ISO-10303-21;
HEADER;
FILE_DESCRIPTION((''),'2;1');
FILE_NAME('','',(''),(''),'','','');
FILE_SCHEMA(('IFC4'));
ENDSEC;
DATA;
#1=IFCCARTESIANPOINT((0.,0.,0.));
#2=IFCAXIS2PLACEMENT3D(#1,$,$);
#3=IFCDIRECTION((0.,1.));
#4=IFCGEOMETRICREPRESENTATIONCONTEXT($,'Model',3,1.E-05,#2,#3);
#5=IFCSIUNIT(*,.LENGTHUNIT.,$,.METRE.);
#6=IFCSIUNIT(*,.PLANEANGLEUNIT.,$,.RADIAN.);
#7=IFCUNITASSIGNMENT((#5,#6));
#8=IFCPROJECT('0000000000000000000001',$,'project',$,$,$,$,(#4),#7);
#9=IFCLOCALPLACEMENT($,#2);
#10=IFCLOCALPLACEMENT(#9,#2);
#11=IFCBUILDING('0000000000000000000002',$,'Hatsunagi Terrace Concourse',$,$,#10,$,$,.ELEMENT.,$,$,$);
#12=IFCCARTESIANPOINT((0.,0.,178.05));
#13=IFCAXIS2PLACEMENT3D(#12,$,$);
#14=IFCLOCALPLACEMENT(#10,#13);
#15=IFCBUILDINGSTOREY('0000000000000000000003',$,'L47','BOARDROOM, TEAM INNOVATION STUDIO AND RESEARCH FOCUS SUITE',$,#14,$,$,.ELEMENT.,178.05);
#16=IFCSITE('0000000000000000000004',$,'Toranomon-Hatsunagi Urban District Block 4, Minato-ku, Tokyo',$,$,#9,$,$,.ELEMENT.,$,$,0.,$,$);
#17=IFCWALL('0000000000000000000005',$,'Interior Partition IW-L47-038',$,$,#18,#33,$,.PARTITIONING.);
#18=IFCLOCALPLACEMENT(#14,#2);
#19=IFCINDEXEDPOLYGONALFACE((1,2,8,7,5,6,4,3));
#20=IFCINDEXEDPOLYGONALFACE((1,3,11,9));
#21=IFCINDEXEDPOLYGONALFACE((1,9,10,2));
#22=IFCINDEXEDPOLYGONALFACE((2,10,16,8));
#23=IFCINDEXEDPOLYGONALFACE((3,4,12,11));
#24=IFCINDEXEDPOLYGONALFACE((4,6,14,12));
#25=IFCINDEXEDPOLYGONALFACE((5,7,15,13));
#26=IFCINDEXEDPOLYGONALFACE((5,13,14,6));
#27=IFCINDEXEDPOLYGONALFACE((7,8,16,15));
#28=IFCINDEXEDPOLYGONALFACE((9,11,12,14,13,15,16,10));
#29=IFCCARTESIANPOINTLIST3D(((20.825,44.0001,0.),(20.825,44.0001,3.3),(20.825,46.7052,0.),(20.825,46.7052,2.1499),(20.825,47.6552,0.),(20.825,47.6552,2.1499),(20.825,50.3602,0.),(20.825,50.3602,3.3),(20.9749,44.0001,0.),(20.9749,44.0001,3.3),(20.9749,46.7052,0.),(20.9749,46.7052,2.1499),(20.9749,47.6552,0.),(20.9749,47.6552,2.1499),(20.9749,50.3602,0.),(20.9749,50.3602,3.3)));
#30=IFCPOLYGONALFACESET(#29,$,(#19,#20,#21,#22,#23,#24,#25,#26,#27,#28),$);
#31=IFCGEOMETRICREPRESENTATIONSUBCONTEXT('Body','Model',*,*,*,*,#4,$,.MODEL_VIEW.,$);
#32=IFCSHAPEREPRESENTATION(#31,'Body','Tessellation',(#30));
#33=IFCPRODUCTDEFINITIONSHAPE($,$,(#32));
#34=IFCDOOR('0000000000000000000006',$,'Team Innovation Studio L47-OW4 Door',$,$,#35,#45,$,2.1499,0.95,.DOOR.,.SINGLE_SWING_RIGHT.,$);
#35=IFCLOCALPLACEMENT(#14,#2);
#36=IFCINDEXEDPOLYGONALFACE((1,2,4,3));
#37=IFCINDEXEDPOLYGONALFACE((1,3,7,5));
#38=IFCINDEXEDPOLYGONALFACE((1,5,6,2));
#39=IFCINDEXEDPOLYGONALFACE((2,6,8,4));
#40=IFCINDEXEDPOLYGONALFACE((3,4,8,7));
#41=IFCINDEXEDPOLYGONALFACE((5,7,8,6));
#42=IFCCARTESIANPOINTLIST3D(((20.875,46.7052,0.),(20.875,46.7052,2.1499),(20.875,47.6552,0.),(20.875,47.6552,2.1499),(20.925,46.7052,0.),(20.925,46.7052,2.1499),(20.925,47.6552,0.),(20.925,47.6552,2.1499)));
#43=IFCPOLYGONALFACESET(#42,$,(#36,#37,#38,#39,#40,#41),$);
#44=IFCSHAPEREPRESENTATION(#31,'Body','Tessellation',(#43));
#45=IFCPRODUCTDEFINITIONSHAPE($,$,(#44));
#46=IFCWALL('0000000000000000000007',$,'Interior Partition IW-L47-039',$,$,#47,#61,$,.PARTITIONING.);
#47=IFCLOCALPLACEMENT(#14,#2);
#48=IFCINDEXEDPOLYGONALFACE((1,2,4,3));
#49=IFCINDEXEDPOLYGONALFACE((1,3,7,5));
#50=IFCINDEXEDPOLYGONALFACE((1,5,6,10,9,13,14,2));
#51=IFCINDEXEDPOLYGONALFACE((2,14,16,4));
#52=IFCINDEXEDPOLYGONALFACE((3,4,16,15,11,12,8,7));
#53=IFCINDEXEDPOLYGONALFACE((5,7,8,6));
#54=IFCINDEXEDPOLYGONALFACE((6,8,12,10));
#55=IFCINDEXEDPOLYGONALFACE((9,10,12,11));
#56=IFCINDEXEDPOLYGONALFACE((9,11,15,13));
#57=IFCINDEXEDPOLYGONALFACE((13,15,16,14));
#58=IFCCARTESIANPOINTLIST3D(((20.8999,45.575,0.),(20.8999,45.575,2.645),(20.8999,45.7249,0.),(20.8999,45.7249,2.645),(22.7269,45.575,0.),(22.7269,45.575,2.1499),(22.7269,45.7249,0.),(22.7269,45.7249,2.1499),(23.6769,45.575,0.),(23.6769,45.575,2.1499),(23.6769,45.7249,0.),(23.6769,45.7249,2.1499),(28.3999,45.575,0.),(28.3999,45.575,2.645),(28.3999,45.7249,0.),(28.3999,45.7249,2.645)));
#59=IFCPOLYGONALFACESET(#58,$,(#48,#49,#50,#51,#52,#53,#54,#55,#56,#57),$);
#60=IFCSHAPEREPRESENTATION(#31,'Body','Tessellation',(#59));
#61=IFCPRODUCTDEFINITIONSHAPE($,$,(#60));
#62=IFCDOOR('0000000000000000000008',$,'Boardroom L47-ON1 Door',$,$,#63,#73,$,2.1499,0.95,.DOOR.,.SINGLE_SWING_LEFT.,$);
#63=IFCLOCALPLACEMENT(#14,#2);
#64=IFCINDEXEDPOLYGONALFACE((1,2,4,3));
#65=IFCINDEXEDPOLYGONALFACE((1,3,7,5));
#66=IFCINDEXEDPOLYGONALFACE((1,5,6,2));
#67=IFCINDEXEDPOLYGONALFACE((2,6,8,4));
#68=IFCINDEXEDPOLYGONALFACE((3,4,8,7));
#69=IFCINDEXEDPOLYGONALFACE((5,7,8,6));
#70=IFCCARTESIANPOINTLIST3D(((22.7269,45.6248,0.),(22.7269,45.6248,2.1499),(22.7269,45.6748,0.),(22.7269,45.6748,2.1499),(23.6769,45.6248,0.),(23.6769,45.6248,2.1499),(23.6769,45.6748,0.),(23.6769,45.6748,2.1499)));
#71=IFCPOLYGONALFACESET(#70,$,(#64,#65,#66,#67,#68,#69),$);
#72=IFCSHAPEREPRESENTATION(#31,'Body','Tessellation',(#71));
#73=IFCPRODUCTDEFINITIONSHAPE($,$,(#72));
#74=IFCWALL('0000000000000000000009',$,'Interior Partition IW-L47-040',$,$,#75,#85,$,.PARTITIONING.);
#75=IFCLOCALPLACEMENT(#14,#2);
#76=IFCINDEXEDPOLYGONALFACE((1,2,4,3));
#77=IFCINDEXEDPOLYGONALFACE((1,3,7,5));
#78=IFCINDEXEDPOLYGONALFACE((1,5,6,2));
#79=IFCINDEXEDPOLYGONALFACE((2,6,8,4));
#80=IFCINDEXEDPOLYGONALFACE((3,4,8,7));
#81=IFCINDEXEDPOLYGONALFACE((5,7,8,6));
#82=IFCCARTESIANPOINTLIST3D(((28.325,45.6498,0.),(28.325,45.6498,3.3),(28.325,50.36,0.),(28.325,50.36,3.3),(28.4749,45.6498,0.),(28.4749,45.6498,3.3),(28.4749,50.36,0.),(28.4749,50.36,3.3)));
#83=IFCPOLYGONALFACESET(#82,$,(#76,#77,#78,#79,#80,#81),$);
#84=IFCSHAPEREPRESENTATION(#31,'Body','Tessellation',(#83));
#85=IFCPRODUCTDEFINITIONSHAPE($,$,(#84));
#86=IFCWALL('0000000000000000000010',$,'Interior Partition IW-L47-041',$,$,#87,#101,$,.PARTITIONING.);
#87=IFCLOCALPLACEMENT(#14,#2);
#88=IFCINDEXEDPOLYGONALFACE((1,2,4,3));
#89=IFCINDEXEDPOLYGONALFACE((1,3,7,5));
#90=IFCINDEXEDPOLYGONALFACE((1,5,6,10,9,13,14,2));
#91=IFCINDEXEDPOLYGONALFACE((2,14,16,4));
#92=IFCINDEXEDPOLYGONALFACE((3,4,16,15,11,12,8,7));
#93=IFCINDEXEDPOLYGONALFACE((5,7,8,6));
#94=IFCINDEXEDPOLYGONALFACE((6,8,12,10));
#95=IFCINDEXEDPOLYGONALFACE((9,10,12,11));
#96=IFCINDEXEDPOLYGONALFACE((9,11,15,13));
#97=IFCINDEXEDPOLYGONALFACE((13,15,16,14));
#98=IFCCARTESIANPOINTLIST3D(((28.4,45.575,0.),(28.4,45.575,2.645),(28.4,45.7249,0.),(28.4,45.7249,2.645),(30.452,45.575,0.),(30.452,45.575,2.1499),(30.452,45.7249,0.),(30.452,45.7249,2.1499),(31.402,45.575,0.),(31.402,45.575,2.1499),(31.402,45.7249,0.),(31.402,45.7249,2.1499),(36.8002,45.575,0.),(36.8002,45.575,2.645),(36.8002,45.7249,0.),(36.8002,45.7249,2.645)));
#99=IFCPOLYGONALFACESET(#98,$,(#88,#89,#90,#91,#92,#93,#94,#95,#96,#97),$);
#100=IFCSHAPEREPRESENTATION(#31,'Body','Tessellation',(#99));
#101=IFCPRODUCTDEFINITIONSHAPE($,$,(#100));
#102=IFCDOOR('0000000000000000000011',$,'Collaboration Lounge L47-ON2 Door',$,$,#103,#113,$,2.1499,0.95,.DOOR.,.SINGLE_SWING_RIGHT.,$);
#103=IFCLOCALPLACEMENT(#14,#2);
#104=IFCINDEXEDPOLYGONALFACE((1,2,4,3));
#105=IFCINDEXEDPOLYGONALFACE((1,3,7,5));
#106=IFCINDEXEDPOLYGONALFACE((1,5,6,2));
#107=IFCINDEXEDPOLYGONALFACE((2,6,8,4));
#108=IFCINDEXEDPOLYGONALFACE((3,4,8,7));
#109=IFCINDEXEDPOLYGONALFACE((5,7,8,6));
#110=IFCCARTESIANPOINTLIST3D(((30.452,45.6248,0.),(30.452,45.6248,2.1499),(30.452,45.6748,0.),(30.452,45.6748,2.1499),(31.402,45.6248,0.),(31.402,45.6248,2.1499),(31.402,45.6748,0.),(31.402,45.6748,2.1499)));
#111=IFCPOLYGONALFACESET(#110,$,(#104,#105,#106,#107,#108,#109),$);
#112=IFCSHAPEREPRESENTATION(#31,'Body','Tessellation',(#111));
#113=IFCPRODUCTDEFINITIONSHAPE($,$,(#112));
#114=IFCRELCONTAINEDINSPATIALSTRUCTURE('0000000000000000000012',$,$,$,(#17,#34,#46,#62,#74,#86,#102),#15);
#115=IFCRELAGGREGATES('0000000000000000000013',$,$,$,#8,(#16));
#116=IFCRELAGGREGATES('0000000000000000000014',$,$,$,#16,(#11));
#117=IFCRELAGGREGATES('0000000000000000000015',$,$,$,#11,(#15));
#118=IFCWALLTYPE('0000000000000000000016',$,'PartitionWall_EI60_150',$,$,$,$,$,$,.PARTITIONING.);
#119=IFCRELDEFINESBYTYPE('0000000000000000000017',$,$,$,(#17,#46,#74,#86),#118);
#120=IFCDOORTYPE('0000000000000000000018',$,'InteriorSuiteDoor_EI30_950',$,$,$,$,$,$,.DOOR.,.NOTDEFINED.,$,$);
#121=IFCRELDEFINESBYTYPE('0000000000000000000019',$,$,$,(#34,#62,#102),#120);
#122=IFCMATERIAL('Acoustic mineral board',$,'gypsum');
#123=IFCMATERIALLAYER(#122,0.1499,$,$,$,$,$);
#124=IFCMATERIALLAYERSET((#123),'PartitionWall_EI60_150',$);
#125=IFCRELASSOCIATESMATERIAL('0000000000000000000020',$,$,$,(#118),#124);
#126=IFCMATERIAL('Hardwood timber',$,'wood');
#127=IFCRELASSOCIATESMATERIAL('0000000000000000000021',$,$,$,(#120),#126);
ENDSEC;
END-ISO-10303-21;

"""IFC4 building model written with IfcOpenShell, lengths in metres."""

from ifc_helpers import new_model, si_unit, direction, frame, frame_2d, origin, place, context, subcontext, project, spatial, rectangle, extrude, material, layer, layer_set, type_object, element, fill, save


model = new_model("IFC4")

# Units and contexts
model_context = context("Model", 3, precision=1e-05, world=origin(), true_north=direction((0.0, 1.0)))
body_context = subcontext(model_context, "Body", "Model", "MODEL_VIEW")
ifc_project = project(units=[si_unit("LENGTHUNIT", "METRE"), si_unit("PLANEANGLEUNIT", "RADIAN")], contexts=[model_context])

# Site, building, storey
site_placement = place(None, origin())
site = spatial("IfcSite", under=ifc_project, at=site_placement, Name="Toranomon-Hatsunagi Urban District Block 4, Minato-ku, Tokyo", CompositionType="ELEMENT", RefElevation=0.0)
building_placement = place(site_placement, origin())
building = spatial("IfcBuilding", under=site, at=building_placement, Name="Hatsunagi Terrace Concourse", CompositionType="ELEMENT")
storey_placement = place(building_placement, frame((0.0, 0.0, 178.05)))
storey = spatial("IfcBuildingStorey", under=building, at=storey_placement, Name="L47", Description="BOARDROOM, TEAM INNOVATION STUDIO AND RESEARCH FOCUS SUITE", CompositionType="ELEMENT", Elevation=178.05)

# Shared definitions
ifc_material_1 = material(Name="Acoustic mineral board", Category="gypsum")
ifc_layer_1 = layer(ifc_material_1, 0.1499)
ifc_layer_set_1 = layer_set([ifc_layer_1], Name="PartitionWall_EI60_150")
wall_type_1 = type_object("IfcWallType", Name="PartitionWall_EI60_150", PredefinedType="PARTITIONING", material=ifc_layer_set_1)

# Walls, openings, doors
wall_1_placement = place(storey_placement, frame((20.8999, 44.0, 0.0), z_axis=(0.0, 0.0, 1.0), x_axis=(0.0, 1.0, 0.0)))
wall_1 = element("IfcWall", 1, at=wall_1_placement, inside=storey, type_object=wall_type_1, Name="Interior Partition IW-L47-038", PredefinedType="PARTITIONING", context=body_context, shape_type="SweptSolid", body=[
    extrude(rectangle(XDim=6.3601, YDim=0.1499, at=frame_2d((3.1802, 0.0))), origin(), (0.0, 0.0, 1.0), 3.3),
])
opening_1_placement = place(wall_1_placement, frame((2.7051, 0.0, 0.0)))
opening_1 = element("IfcOpeningElement", 2, at=opening_1_placement, cuts=wall_1, PredefinedType="OPENING", context=body_context, shape_type="SweptSolid", body=[
    extrude(rectangle(XDim=0.95, YDim=2.1499, at=frame_2d((0.4751, 1.075))), frame((0.0, 0.085, 0.0), z_axis=(0.0, -1.0, 0.0), x_axis=(1.0, 0.0, 0.0)), (0.0, 0.0, 1.0), 0.1699),
])
ifc_material_2 = material(Name="Hardwood timber", Category="wood")
door_type = type_object("IfcDoorType", Name="InteriorSuiteDoor_EI30_950", OperationType="NOTDEFINED", PredefinedType="DOOR", material=ifc_material_2)
door_1_placement = place(opening_1_placement, origin())
door_1 = element("IfcDoor", 3, at=door_1_placement, inside=storey, type_object=door_type, Name="Team Innovation Studio L47-OW4 Door", OperationType="SINGLE_SWING_RIGHT", OverallHeight=2.1499, OverallWidth=0.95, PredefinedType="DOOR", context=body_context, shape_type="SweptSolid", body=[
    extrude(rectangle(XDim=0.95, YDim=2.1499, at=frame_2d((0.4751, 1.075))), frame((0.0, 0.0249, 0.0), z_axis=(0.0, -1.0, 0.0), x_axis=(1.0, 0.0, 0.0)), (0.0, 0.0, 1.0), 0.05),
])
fill(opening_1, door_1)
wall_2_placement = place(storey_placement, frame((20.8999, 45.6499, 0.0), z_axis=(0.0, 0.0, 1.0), x_axis=(1.0, 0.0, 0.0)))
wall_2 = element("IfcWall", 4, at=wall_2_placement, inside=storey, type_object=wall_type_1, Name="Interior Partition IW-L47-039", PredefinedType="PARTITIONING", context=body_context, shape_type="SweptSolid", body=[
    extrude(rectangle(XDim=7.5, YDim=0.1499, at=frame_2d((3.75, 0.0))), origin(), (0.0, 0.0, 1.0), 2.645),
])
opening_2_placement = place(wall_2_placement, frame((1.8269, 0.0, 0.0)))
opening_2 = element("IfcOpeningElement", 5, at=opening_2_placement, cuts=wall_2, PredefinedType="OPENING", context=body_context, shape_type="SweptSolid", body=[
    extrude(rectangle(XDim=0.95, YDim=2.1499, at=frame_2d((0.4751, 1.075))), frame((0.0, 0.085, 0.0), z_axis=(0.0, -1.0, 0.0), x_axis=(1.0, 0.0, 0.0)), (0.0, 0.0, 1.0), 0.1699),
])
door_2_placement = place(opening_2_placement, origin())
door_2 = element("IfcDoor", 6, at=door_2_placement, inside=storey, type_object=door_type, Name="Boardroom L47-ON1 Door", OperationType="SINGLE_SWING_LEFT", OverallHeight=2.1499, OverallWidth=0.95, PredefinedType="DOOR", context=body_context, shape_type="SweptSolid", body=[
    extrude(rectangle(XDim=0.95, YDim=2.1499, at=frame_2d((0.4751, 1.075))), frame((0.0, 0.0249, 0.0), z_axis=(0.0, -1.0, 0.0), x_axis=(1.0, 0.0, 0.0)), (0.0, 0.0, 1.0), 0.05),
])
fill(opening_2, door_2)

# Wall
wall_3_placement = place(storey_placement, frame((28.3999, 45.6499, 0.0), z_axis=(0.0, 0.0, 1.0), x_axis=(0.0, 1.0, 0.0)))
element("IfcWall", 7, at=wall_3_placement, inside=storey, type_object=wall_type_1, Name="Interior Partition IW-L47-040", PredefinedType="PARTITIONING", context=body_context, shape_type="SweptSolid", body=[
    extrude(rectangle(XDim=4.7102, YDim=0.1499, at=frame_2d((2.355, 0.0))), origin(), (0.0, 0.0, 1.0), 3.3),
])

# Wall, opening, door
wall_4_placement = place(storey_placement, frame((28.3999, 45.6499, 0.0), z_axis=(0.0, 0.0, 1.0), x_axis=(1.0, 0.0, 0.0)))
wall_4 = element("IfcWall", 8, at=wall_4_placement, inside=storey, type_object=wall_type_1, Name="Interior Partition IW-L47-041", PredefinedType="PARTITIONING", context=body_context, shape_type="SweptSolid", body=[
    extrude(rectangle(XDim=8.4001, YDim=0.1499, at=frame_2d((4.2002, 0.0))), origin(), (0.0, 0.0, 1.0), 2.645),
])
opening_3_placement = place(wall_4_placement, frame((2.052, 0.0, 0.0)))
opening_3 = element("IfcOpeningElement", 9, at=opening_3_placement, cuts=wall_4, PredefinedType="OPENING", context=body_context, shape_type="SweptSolid", body=[
    extrude(rectangle(XDim=0.95, YDim=2.1499, at=frame_2d((0.4751, 1.075))), frame((0.0, 0.085, 0.0), z_axis=(0.0, -1.0, 0.0), x_axis=(1.0, 0.0, 0.0)), (0.0, 0.0, 1.0), 0.1699),
])
door_3_placement = place(opening_3_placement, origin())
door_3 = element("IfcDoor", 10, at=door_3_placement, inside=storey, type_object=door_type, Name="Collaboration Lounge L47-ON2 Door", OperationType="SINGLE_SWING_RIGHT", OverallHeight=2.1499, OverallWidth=0.95, PredefinedType="DOOR", context=body_context, shape_type="SweptSolid", body=[
    extrude(rectangle(XDim=0.95, YDim=2.1499, at=frame_2d((0.4751, 1.075))), frame((0.0, 0.0249, 0.0), z_axis=(0.0, -1.0, 0.0), x_axis=(1.0, 0.0, 0.0)), (0.0, 0.0, 1.0), 0.05),
])
fill(opening_3, door_3)

save(model, "model.ifc")
